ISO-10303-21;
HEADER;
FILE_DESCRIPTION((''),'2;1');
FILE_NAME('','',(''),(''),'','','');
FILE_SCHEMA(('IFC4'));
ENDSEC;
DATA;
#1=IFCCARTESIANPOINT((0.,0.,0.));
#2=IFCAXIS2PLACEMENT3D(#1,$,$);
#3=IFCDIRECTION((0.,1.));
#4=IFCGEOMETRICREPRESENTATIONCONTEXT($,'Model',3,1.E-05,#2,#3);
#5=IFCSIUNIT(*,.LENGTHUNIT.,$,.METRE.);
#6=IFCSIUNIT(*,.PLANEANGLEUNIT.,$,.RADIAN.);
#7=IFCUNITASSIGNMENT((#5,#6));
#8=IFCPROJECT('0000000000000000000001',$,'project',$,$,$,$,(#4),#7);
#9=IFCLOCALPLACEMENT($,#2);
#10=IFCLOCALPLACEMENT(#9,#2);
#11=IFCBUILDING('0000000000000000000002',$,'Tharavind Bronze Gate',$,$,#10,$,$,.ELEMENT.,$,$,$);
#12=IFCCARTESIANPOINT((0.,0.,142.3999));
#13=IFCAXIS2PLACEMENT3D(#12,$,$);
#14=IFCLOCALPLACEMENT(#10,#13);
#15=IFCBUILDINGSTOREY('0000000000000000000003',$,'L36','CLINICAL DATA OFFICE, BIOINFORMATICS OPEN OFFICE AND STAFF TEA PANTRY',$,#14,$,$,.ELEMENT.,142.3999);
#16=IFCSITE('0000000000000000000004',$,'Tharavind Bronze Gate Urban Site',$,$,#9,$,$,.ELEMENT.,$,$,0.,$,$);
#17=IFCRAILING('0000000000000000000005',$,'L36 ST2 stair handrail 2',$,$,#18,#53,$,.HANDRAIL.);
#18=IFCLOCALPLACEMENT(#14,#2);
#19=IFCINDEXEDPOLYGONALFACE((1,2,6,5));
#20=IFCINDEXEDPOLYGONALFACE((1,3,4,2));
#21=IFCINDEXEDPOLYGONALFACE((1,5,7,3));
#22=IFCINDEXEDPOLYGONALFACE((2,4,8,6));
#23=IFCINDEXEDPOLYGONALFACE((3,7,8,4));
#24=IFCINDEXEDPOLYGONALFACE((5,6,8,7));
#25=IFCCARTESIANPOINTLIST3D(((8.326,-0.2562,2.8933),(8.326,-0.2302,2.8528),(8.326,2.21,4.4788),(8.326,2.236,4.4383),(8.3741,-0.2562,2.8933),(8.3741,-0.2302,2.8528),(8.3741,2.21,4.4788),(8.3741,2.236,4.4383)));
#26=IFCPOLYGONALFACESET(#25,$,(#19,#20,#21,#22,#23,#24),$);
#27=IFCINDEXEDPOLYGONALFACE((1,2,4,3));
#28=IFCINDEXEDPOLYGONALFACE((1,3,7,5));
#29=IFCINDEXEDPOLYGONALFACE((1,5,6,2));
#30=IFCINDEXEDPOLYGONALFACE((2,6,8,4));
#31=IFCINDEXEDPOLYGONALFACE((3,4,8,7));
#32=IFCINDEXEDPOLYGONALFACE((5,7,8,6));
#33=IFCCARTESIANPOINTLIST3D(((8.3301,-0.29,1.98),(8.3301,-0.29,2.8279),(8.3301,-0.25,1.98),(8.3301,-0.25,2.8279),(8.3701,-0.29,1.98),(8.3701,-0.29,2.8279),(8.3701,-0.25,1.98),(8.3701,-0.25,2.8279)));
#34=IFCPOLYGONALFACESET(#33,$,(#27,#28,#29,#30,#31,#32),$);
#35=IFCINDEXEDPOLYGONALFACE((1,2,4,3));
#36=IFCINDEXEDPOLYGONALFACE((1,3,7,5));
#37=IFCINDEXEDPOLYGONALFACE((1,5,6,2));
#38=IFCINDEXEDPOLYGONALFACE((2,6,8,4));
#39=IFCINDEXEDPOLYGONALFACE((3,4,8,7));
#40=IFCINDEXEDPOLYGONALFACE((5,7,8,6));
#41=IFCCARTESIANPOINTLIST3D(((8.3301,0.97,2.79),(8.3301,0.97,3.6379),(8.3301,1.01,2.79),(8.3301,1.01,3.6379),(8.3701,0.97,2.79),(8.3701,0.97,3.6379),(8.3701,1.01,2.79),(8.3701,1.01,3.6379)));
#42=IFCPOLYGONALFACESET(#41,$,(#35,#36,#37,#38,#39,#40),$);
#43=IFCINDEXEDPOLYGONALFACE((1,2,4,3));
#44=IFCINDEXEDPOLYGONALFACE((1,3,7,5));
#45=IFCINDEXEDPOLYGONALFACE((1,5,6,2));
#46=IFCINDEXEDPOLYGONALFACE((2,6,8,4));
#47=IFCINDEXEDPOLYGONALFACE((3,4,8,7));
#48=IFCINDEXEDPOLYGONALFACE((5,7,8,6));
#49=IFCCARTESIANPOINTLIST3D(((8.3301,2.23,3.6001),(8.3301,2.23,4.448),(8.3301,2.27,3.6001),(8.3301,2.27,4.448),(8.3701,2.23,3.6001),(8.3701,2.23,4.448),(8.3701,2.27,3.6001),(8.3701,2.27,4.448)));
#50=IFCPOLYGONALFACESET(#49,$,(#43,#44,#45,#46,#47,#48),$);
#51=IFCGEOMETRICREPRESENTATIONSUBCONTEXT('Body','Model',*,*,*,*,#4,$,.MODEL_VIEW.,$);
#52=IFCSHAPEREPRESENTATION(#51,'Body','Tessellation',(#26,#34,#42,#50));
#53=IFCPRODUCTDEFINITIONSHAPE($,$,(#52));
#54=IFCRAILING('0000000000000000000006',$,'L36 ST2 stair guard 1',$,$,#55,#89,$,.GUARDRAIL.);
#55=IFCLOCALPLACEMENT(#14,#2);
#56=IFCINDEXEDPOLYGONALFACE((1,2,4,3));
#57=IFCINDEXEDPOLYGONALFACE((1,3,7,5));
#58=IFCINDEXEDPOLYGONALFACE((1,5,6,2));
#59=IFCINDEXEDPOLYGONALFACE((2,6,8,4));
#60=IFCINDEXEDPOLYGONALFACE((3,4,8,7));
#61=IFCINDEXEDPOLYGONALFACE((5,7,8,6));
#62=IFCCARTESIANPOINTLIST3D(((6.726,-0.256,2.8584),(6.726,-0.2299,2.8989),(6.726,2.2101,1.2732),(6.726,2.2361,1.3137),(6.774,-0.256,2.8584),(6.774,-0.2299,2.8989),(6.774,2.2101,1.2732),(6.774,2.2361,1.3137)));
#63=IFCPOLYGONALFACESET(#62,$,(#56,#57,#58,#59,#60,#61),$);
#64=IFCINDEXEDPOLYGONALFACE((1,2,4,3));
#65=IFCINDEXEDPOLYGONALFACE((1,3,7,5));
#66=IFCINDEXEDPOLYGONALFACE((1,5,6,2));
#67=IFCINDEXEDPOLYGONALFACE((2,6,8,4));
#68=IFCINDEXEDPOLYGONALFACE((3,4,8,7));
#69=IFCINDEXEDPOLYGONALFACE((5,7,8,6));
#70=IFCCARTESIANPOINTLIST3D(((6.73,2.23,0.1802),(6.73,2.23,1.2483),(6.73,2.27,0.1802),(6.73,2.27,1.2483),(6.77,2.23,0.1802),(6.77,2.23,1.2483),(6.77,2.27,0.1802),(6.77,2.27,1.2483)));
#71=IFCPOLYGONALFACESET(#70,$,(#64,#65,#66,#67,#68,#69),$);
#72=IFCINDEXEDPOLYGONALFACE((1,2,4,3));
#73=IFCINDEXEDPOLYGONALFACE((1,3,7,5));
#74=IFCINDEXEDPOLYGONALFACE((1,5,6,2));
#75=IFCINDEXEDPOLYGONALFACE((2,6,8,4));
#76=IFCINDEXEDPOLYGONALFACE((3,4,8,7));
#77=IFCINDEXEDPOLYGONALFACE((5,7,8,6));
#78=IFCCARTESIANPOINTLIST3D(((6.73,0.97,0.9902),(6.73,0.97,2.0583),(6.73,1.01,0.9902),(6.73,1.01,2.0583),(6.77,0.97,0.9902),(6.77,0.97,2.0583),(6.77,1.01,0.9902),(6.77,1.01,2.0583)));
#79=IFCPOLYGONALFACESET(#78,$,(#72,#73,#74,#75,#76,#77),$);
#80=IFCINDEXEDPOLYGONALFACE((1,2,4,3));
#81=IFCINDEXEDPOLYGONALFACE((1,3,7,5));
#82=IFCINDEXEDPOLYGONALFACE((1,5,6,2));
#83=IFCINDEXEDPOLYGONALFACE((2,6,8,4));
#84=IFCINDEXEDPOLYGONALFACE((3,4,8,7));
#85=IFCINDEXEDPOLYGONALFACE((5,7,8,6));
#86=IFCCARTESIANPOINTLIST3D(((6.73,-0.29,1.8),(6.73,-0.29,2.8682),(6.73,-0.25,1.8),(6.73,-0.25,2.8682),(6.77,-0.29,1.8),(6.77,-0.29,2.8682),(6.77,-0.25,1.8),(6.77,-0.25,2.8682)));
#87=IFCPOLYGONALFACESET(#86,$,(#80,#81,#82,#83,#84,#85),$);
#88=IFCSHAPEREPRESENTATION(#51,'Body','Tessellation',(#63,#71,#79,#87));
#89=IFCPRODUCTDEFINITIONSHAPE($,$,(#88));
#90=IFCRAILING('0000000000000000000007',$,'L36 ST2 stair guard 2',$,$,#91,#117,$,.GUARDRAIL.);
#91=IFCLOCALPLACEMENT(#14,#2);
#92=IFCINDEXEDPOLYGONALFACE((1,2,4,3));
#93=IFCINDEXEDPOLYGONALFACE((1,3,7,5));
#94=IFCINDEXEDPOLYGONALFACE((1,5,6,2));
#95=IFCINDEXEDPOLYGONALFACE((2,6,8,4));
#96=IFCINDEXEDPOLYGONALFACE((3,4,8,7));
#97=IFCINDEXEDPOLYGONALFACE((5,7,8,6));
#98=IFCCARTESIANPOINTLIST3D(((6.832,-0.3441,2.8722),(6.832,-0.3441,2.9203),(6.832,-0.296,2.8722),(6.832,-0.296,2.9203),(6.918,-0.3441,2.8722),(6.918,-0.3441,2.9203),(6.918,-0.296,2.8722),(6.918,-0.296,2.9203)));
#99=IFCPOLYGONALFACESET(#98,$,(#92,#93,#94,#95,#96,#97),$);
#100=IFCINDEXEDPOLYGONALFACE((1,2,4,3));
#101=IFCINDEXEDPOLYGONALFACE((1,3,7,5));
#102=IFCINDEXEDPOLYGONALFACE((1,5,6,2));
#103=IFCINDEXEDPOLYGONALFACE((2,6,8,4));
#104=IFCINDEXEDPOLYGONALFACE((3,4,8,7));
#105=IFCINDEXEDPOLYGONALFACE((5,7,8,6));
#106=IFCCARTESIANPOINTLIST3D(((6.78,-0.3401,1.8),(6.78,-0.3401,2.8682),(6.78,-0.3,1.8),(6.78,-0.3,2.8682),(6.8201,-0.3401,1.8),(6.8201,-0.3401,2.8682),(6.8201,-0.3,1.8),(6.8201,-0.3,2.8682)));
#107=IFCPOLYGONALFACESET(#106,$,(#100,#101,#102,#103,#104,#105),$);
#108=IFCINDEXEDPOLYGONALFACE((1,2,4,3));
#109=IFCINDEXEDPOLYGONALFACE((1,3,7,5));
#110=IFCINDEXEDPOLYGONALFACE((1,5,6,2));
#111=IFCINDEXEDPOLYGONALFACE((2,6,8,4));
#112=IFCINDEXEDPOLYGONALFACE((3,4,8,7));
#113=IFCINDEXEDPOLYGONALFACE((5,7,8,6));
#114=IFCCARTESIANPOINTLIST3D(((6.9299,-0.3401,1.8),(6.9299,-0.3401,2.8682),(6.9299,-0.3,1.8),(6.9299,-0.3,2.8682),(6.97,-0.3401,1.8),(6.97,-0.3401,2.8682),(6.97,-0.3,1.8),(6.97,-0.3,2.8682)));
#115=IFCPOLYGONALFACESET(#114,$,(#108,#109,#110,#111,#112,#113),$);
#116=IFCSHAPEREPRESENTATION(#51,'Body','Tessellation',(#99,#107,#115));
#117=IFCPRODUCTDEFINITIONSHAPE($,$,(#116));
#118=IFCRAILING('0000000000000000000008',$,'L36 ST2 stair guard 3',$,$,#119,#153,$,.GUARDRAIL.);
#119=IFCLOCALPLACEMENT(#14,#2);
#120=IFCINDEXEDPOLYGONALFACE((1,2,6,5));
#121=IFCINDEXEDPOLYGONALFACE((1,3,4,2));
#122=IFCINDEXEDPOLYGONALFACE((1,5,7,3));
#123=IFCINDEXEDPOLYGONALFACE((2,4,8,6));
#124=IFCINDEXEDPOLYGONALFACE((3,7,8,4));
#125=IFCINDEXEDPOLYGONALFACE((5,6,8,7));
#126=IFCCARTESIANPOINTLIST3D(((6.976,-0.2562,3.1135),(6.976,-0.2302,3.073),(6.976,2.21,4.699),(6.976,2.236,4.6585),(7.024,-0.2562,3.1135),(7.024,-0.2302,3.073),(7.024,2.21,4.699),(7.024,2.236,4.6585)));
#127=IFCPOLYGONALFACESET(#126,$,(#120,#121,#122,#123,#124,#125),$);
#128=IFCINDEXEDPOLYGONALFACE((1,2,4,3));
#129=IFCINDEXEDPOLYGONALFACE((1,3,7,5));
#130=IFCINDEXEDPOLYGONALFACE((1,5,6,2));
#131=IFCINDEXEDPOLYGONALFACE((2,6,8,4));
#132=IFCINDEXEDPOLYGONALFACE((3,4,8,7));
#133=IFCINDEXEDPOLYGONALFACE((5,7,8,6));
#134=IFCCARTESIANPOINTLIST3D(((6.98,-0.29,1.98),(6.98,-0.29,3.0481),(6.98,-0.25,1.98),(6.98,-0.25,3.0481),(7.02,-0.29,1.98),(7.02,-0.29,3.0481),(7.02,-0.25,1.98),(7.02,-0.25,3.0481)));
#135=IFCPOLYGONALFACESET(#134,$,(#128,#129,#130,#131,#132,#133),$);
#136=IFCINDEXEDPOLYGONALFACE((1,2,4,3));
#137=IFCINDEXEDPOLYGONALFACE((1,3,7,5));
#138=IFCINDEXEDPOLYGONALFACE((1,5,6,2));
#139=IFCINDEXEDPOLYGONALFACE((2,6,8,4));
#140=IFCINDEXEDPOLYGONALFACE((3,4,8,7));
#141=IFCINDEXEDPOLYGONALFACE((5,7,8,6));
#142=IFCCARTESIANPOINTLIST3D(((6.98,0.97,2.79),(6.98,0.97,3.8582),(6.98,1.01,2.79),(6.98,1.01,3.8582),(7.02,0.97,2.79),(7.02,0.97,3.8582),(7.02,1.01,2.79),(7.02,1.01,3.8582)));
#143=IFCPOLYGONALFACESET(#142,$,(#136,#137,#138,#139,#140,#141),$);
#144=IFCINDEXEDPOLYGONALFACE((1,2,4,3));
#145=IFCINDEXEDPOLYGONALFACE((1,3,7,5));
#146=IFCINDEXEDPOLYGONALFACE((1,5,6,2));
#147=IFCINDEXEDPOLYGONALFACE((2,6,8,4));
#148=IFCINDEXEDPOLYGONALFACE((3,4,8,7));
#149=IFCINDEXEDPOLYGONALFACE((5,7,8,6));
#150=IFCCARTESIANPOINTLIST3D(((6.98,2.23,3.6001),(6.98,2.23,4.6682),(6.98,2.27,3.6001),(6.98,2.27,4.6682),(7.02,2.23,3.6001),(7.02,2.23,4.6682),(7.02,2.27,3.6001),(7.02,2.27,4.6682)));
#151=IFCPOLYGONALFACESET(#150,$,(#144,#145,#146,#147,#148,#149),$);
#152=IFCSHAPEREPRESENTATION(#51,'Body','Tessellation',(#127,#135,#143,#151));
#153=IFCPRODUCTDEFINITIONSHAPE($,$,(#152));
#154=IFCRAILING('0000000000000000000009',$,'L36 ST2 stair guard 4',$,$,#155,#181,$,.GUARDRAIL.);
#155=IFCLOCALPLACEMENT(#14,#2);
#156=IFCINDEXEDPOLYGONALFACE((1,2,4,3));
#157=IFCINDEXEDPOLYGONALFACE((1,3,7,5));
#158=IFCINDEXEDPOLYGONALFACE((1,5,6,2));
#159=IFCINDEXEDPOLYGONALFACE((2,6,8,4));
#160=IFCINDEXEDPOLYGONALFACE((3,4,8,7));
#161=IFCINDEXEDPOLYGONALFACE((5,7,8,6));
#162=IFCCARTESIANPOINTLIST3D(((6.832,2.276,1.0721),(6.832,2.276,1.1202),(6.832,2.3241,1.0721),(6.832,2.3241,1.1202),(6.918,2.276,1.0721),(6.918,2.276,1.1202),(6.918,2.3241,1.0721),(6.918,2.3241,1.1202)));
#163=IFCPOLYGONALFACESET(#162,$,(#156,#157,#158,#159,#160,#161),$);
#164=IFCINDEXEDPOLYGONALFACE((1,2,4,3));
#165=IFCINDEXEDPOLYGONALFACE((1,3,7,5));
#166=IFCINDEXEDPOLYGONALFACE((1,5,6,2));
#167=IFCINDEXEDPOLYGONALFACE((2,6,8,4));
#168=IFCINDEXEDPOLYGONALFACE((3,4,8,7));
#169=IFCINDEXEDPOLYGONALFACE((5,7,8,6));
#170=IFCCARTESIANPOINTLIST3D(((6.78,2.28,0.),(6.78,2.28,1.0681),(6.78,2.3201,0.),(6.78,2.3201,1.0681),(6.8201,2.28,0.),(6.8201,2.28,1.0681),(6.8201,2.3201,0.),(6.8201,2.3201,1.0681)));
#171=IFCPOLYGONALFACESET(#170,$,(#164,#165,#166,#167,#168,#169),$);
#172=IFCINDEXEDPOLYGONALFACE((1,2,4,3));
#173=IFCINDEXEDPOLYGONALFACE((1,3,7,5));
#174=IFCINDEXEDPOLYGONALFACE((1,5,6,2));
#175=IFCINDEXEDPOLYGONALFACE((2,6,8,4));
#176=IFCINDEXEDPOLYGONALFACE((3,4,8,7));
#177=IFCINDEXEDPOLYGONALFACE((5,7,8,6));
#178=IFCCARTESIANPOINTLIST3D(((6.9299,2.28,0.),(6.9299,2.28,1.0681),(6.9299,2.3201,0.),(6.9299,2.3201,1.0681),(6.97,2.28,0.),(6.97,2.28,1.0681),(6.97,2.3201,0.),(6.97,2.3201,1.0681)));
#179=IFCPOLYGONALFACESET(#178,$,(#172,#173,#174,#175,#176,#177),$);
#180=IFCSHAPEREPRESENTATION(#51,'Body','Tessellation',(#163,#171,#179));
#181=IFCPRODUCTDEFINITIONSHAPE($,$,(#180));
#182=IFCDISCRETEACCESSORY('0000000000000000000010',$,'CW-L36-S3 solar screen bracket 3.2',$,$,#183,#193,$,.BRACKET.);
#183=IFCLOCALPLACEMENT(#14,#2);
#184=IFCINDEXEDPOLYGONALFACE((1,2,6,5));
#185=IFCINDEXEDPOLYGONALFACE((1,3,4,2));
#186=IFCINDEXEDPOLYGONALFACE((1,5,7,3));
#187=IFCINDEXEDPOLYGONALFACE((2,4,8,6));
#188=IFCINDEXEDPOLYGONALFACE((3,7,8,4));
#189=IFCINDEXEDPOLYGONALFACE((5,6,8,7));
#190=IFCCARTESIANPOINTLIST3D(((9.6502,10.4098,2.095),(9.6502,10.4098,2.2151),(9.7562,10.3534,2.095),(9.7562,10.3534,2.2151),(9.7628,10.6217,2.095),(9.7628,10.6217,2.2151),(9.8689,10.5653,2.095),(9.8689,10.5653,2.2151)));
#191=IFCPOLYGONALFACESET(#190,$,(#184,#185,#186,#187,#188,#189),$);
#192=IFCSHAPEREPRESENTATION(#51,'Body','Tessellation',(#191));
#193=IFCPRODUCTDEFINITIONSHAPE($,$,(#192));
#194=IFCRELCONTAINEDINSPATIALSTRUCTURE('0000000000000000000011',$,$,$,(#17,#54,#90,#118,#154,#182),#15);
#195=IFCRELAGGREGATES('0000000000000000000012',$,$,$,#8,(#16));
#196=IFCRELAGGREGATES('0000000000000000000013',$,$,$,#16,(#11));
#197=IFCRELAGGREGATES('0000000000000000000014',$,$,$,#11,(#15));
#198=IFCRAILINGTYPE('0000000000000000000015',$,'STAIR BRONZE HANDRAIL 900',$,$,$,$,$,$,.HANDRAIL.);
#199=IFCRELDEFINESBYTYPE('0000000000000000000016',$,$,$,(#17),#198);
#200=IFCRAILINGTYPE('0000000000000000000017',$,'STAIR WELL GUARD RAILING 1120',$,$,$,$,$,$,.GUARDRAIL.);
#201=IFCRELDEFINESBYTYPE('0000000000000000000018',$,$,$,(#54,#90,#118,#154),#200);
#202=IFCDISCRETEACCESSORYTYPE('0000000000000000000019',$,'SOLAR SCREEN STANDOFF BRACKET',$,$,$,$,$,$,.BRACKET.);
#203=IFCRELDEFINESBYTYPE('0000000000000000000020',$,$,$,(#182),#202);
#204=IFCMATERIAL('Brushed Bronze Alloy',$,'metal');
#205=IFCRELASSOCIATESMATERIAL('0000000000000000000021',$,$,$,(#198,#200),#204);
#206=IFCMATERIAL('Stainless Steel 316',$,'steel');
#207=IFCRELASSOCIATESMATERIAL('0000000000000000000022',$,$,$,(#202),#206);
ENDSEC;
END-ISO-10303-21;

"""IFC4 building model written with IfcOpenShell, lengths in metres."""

from ifc_helpers import new_model, si_unit, direction, frame, origin, origin_2d, place, context, subcontext, project, spatial, rectangle, extrude, material, type_object, element, save


model = new_model("IFC4")

# Units and contexts
model_context = context("Model", 3, precision=1e-05, world=origin(), true_north=direction((0.0, 1.0)))
body_context = subcontext(model_context, "Body", "Model", "MODEL_VIEW")
ifc_project = project(units=[si_unit("LENGTHUNIT", "METRE"), si_unit("PLANEANGLEUNIT", "RADIAN")], contexts=[model_context])

# Site, building, storey
site_placement = place(None, origin())
site = spatial("IfcSite", under=ifc_project, at=site_placement, Name="Tharavind Bronze Gate Urban Site", CompositionType="ELEMENT", RefElevation=0.0)
building_placement = place(site_placement, origin())
building = spatial("IfcBuilding", under=site, at=building_placement, Name="Tharavind Bronze Gate", CompositionType="ELEMENT")
storey_placement = place(building_placement, frame((0.0, 0.0, 142.3999)))
storey = spatial("IfcBuildingStorey", under=building, at=storey_placement, Name="L36", Description="CLINICAL DATA OFFICE, BIOINFORMATICS OPEN OFFICE AND STAFF TEA PANTRY", CompositionType="ELEMENT", Elevation=142.3999)

# Railings
ifc_material_1 = material(Name="Brushed Bronze Alloy", Category="metal")
railing_type_1 = type_object("IfcRailingType", Name="STAIR BRONZE HANDRAIL 900", PredefinedType="HANDRAIL", material=ifc_material_1)
railing_1_placement = place(storey_placement, frame((8.3501, -0.27, 1.98)))
element("IfcRailing", 1, at=railing_1_placement, inside=storey, type_object=railing_type_1, Name="L36 ST2 stair handrail 2", PredefinedType="HANDRAIL", context=body_context, shape_type="SweptSolid", body=[
    extrude(rectangle(XDim=0.0481, YDim=0.0481, at=origin_2d()), frame((0.0, 0.0269, 0.8931), z_axis=(0.0, 0.841163, 0.540782), x_axis=(-1.0, 0.0, 0.0)), (0.0, 0.0, 1.0), 2.9319),
    extrude(rectangle(XDim=0.04, YDim=0.04, at=origin_2d()), origin(), (0.0, 0.0, 1.0), 0.8479),
    extrude(rectangle(XDim=0.04, YDim=0.04, at=origin_2d()), frame((0.0, 1.26, 0.8101)), (0.0, 0.0, 1.0), 0.8479),
    extrude(rectangle(XDim=0.04, YDim=0.04, at=origin_2d()), frame((0.0, 2.52, 1.6201)), (0.0, 0.0, 1.0), 0.8479),
])
railing_type_2 = type_object("IfcRailingType", Name="STAIR WELL GUARD RAILING 1120", PredefinedType="GUARDRAIL", material=ifc_material_1)
railing_2_placement = place(storey_placement, frame((6.75, 2.25, 0.1802)))
element("IfcRailing", 2, at=railing_2_placement, inside=storey, type_object=railing_type_2, Name="L36 ST2 stair guard 1", PredefinedType="GUARDRAIL", context=body_context, shape_type="SweptSolid", body=[
    extrude(rectangle(XDim=0.0481, YDim=0.0481, at=origin_2d()), frame((0.0, -0.0269, 1.1133), z_axis=(0.0, -0.8412, 0.540725), x_axis=(1.0, 0.0, 0.0)), (0.0, 0.0, 1.0), 2.9316),
    extrude(rectangle(XDim=0.04, YDim=0.04, at=origin_2d()), origin(), (0.0, 0.0, 1.0), 1.0681),
    extrude(rectangle(XDim=0.04, YDim=0.04, at=origin_2d()), frame((0.0, -1.26, 0.8101)), (0.0, 0.0, 1.0), 1.0681),
    extrude(rectangle(XDim=0.04, YDim=0.04, at=origin_2d()), frame((0.0, -2.52, 1.6199)), (0.0, 0.0, 1.0), 1.0681),
])
railing_3_placement = place(storey_placement, frame((6.8, -0.3201, 1.8)))
element("IfcRailing", 3, at=railing_3_placement, inside=storey, type_object=railing_type_2, Name="L36 ST2 stair guard 2", PredefinedType="GUARDRAIL", context=body_context, shape_type="SweptSolid", body=[
    extrude(rectangle(XDim=0.0481, YDim=0.0481, at=origin_2d()), frame((0.032, 0.0, 1.0962), z_axis=(1.0, 0.0, 0.0), x_axis=(0.0, 1.0, 0.0)), (0.0, 0.0, 1.0), 0.0859),
    extrude(rectangle(XDim=0.04, YDim=0.04, at=origin_2d()), origin(), (0.0, 0.0, 1.0), 1.0681),
    extrude(rectangle(XDim=0.04, YDim=0.04, at=origin_2d()), frame((0.1499, 0.0, 0.0)), (0.0, 0.0, 1.0), 1.0681),
])
railing_4_placement = place(storey_placement, frame((7.0, -0.27, 1.98)))
element("IfcRailing", 4, at=railing_4_placement, inside=storey, type_object=railing_type_2, Name="L36 ST2 stair guard 3", PredefinedType="GUARDRAIL", context=body_context, shape_type="SweptSolid", body=[
    extrude(rectangle(XDim=0.0481, YDim=0.0481, at=origin_2d()), frame((0.0, 0.0269, 1.1133), z_axis=(0.0, 0.841163, 0.540782), x_axis=(-1.0, 0.0, 0.0)), (0.0, 0.0, 1.0), 2.9319),
    extrude(rectangle(XDim=0.04, YDim=0.04, at=origin_2d()), origin(), (0.0, 0.0, 1.0), 1.0681),
    extrude(rectangle(XDim=0.04, YDim=0.04, at=origin_2d()), frame((0.0, 1.26, 0.8101)), (0.0, 0.0, 1.0), 1.0681),
    extrude(rectangle(XDim=0.04, YDim=0.04, at=origin_2d()), frame((0.0, 2.52, 1.6201)), (0.0, 0.0, 1.0), 1.0681),
])
railing_5_placement = place(storey_placement, frame((6.8, 2.3, 0.0)))
element("IfcRailing", 5, at=railing_5_placement, inside=storey, type_object=railing_type_2, Name="L36 ST2 stair guard 4", PredefinedType="GUARDRAIL", context=body_context, shape_type="SweptSolid", body=[
    extrude(rectangle(XDim=0.0481, YDim=0.0481, at=origin_2d()), frame((0.032, 0.0, 1.0962), z_axis=(1.0, 0.0, 0.0), x_axis=(0.0, 1.0, 0.0)), (0.0, 0.0, 1.0), 0.0859),
    extrude(rectangle(XDim=0.04, YDim=0.04, at=origin_2d()), origin(), (0.0, 0.0, 1.0), 1.0681),
    extrude(rectangle(XDim=0.04, YDim=0.04, at=origin_2d()), frame((0.1499, 0.0, 0.0)), (0.0, 0.0, 1.0), 1.0681),
])

# Discrete accessory
ifc_material_2 = material(Name="Stainless Steel 316", Category="steel")
discrete_accessory_type = type_object("IfcDiscreteAccessoryType", Name="SOLAR SCREEN STANDOFF BRACKET", PredefinedType="BRACKET", material=ifc_material_2)
discrete_accessory_placement = place(storey_placement, frame((9.7595, 10.4875, 2.095), z_axis=(0.0, 0.0, 1.0), x_axis=(-0.882948, 0.469472, 0.0)))
element("IfcDiscreteAccessory", 6, at=discrete_accessory_placement, inside=storey, type_object=discrete_accessory_type, Name="CW-L36-S3 solar screen bracket 3.2", PredefinedType="BRACKET", context=body_context, shape_type="SweptSolid", body=[
    extrude(rectangle(XDim=0.1201, YDim=0.24, at=origin_2d()), origin(), (0.0, 0.0, 1.0), 0.1201),
])

save(model, "model.ifc")
